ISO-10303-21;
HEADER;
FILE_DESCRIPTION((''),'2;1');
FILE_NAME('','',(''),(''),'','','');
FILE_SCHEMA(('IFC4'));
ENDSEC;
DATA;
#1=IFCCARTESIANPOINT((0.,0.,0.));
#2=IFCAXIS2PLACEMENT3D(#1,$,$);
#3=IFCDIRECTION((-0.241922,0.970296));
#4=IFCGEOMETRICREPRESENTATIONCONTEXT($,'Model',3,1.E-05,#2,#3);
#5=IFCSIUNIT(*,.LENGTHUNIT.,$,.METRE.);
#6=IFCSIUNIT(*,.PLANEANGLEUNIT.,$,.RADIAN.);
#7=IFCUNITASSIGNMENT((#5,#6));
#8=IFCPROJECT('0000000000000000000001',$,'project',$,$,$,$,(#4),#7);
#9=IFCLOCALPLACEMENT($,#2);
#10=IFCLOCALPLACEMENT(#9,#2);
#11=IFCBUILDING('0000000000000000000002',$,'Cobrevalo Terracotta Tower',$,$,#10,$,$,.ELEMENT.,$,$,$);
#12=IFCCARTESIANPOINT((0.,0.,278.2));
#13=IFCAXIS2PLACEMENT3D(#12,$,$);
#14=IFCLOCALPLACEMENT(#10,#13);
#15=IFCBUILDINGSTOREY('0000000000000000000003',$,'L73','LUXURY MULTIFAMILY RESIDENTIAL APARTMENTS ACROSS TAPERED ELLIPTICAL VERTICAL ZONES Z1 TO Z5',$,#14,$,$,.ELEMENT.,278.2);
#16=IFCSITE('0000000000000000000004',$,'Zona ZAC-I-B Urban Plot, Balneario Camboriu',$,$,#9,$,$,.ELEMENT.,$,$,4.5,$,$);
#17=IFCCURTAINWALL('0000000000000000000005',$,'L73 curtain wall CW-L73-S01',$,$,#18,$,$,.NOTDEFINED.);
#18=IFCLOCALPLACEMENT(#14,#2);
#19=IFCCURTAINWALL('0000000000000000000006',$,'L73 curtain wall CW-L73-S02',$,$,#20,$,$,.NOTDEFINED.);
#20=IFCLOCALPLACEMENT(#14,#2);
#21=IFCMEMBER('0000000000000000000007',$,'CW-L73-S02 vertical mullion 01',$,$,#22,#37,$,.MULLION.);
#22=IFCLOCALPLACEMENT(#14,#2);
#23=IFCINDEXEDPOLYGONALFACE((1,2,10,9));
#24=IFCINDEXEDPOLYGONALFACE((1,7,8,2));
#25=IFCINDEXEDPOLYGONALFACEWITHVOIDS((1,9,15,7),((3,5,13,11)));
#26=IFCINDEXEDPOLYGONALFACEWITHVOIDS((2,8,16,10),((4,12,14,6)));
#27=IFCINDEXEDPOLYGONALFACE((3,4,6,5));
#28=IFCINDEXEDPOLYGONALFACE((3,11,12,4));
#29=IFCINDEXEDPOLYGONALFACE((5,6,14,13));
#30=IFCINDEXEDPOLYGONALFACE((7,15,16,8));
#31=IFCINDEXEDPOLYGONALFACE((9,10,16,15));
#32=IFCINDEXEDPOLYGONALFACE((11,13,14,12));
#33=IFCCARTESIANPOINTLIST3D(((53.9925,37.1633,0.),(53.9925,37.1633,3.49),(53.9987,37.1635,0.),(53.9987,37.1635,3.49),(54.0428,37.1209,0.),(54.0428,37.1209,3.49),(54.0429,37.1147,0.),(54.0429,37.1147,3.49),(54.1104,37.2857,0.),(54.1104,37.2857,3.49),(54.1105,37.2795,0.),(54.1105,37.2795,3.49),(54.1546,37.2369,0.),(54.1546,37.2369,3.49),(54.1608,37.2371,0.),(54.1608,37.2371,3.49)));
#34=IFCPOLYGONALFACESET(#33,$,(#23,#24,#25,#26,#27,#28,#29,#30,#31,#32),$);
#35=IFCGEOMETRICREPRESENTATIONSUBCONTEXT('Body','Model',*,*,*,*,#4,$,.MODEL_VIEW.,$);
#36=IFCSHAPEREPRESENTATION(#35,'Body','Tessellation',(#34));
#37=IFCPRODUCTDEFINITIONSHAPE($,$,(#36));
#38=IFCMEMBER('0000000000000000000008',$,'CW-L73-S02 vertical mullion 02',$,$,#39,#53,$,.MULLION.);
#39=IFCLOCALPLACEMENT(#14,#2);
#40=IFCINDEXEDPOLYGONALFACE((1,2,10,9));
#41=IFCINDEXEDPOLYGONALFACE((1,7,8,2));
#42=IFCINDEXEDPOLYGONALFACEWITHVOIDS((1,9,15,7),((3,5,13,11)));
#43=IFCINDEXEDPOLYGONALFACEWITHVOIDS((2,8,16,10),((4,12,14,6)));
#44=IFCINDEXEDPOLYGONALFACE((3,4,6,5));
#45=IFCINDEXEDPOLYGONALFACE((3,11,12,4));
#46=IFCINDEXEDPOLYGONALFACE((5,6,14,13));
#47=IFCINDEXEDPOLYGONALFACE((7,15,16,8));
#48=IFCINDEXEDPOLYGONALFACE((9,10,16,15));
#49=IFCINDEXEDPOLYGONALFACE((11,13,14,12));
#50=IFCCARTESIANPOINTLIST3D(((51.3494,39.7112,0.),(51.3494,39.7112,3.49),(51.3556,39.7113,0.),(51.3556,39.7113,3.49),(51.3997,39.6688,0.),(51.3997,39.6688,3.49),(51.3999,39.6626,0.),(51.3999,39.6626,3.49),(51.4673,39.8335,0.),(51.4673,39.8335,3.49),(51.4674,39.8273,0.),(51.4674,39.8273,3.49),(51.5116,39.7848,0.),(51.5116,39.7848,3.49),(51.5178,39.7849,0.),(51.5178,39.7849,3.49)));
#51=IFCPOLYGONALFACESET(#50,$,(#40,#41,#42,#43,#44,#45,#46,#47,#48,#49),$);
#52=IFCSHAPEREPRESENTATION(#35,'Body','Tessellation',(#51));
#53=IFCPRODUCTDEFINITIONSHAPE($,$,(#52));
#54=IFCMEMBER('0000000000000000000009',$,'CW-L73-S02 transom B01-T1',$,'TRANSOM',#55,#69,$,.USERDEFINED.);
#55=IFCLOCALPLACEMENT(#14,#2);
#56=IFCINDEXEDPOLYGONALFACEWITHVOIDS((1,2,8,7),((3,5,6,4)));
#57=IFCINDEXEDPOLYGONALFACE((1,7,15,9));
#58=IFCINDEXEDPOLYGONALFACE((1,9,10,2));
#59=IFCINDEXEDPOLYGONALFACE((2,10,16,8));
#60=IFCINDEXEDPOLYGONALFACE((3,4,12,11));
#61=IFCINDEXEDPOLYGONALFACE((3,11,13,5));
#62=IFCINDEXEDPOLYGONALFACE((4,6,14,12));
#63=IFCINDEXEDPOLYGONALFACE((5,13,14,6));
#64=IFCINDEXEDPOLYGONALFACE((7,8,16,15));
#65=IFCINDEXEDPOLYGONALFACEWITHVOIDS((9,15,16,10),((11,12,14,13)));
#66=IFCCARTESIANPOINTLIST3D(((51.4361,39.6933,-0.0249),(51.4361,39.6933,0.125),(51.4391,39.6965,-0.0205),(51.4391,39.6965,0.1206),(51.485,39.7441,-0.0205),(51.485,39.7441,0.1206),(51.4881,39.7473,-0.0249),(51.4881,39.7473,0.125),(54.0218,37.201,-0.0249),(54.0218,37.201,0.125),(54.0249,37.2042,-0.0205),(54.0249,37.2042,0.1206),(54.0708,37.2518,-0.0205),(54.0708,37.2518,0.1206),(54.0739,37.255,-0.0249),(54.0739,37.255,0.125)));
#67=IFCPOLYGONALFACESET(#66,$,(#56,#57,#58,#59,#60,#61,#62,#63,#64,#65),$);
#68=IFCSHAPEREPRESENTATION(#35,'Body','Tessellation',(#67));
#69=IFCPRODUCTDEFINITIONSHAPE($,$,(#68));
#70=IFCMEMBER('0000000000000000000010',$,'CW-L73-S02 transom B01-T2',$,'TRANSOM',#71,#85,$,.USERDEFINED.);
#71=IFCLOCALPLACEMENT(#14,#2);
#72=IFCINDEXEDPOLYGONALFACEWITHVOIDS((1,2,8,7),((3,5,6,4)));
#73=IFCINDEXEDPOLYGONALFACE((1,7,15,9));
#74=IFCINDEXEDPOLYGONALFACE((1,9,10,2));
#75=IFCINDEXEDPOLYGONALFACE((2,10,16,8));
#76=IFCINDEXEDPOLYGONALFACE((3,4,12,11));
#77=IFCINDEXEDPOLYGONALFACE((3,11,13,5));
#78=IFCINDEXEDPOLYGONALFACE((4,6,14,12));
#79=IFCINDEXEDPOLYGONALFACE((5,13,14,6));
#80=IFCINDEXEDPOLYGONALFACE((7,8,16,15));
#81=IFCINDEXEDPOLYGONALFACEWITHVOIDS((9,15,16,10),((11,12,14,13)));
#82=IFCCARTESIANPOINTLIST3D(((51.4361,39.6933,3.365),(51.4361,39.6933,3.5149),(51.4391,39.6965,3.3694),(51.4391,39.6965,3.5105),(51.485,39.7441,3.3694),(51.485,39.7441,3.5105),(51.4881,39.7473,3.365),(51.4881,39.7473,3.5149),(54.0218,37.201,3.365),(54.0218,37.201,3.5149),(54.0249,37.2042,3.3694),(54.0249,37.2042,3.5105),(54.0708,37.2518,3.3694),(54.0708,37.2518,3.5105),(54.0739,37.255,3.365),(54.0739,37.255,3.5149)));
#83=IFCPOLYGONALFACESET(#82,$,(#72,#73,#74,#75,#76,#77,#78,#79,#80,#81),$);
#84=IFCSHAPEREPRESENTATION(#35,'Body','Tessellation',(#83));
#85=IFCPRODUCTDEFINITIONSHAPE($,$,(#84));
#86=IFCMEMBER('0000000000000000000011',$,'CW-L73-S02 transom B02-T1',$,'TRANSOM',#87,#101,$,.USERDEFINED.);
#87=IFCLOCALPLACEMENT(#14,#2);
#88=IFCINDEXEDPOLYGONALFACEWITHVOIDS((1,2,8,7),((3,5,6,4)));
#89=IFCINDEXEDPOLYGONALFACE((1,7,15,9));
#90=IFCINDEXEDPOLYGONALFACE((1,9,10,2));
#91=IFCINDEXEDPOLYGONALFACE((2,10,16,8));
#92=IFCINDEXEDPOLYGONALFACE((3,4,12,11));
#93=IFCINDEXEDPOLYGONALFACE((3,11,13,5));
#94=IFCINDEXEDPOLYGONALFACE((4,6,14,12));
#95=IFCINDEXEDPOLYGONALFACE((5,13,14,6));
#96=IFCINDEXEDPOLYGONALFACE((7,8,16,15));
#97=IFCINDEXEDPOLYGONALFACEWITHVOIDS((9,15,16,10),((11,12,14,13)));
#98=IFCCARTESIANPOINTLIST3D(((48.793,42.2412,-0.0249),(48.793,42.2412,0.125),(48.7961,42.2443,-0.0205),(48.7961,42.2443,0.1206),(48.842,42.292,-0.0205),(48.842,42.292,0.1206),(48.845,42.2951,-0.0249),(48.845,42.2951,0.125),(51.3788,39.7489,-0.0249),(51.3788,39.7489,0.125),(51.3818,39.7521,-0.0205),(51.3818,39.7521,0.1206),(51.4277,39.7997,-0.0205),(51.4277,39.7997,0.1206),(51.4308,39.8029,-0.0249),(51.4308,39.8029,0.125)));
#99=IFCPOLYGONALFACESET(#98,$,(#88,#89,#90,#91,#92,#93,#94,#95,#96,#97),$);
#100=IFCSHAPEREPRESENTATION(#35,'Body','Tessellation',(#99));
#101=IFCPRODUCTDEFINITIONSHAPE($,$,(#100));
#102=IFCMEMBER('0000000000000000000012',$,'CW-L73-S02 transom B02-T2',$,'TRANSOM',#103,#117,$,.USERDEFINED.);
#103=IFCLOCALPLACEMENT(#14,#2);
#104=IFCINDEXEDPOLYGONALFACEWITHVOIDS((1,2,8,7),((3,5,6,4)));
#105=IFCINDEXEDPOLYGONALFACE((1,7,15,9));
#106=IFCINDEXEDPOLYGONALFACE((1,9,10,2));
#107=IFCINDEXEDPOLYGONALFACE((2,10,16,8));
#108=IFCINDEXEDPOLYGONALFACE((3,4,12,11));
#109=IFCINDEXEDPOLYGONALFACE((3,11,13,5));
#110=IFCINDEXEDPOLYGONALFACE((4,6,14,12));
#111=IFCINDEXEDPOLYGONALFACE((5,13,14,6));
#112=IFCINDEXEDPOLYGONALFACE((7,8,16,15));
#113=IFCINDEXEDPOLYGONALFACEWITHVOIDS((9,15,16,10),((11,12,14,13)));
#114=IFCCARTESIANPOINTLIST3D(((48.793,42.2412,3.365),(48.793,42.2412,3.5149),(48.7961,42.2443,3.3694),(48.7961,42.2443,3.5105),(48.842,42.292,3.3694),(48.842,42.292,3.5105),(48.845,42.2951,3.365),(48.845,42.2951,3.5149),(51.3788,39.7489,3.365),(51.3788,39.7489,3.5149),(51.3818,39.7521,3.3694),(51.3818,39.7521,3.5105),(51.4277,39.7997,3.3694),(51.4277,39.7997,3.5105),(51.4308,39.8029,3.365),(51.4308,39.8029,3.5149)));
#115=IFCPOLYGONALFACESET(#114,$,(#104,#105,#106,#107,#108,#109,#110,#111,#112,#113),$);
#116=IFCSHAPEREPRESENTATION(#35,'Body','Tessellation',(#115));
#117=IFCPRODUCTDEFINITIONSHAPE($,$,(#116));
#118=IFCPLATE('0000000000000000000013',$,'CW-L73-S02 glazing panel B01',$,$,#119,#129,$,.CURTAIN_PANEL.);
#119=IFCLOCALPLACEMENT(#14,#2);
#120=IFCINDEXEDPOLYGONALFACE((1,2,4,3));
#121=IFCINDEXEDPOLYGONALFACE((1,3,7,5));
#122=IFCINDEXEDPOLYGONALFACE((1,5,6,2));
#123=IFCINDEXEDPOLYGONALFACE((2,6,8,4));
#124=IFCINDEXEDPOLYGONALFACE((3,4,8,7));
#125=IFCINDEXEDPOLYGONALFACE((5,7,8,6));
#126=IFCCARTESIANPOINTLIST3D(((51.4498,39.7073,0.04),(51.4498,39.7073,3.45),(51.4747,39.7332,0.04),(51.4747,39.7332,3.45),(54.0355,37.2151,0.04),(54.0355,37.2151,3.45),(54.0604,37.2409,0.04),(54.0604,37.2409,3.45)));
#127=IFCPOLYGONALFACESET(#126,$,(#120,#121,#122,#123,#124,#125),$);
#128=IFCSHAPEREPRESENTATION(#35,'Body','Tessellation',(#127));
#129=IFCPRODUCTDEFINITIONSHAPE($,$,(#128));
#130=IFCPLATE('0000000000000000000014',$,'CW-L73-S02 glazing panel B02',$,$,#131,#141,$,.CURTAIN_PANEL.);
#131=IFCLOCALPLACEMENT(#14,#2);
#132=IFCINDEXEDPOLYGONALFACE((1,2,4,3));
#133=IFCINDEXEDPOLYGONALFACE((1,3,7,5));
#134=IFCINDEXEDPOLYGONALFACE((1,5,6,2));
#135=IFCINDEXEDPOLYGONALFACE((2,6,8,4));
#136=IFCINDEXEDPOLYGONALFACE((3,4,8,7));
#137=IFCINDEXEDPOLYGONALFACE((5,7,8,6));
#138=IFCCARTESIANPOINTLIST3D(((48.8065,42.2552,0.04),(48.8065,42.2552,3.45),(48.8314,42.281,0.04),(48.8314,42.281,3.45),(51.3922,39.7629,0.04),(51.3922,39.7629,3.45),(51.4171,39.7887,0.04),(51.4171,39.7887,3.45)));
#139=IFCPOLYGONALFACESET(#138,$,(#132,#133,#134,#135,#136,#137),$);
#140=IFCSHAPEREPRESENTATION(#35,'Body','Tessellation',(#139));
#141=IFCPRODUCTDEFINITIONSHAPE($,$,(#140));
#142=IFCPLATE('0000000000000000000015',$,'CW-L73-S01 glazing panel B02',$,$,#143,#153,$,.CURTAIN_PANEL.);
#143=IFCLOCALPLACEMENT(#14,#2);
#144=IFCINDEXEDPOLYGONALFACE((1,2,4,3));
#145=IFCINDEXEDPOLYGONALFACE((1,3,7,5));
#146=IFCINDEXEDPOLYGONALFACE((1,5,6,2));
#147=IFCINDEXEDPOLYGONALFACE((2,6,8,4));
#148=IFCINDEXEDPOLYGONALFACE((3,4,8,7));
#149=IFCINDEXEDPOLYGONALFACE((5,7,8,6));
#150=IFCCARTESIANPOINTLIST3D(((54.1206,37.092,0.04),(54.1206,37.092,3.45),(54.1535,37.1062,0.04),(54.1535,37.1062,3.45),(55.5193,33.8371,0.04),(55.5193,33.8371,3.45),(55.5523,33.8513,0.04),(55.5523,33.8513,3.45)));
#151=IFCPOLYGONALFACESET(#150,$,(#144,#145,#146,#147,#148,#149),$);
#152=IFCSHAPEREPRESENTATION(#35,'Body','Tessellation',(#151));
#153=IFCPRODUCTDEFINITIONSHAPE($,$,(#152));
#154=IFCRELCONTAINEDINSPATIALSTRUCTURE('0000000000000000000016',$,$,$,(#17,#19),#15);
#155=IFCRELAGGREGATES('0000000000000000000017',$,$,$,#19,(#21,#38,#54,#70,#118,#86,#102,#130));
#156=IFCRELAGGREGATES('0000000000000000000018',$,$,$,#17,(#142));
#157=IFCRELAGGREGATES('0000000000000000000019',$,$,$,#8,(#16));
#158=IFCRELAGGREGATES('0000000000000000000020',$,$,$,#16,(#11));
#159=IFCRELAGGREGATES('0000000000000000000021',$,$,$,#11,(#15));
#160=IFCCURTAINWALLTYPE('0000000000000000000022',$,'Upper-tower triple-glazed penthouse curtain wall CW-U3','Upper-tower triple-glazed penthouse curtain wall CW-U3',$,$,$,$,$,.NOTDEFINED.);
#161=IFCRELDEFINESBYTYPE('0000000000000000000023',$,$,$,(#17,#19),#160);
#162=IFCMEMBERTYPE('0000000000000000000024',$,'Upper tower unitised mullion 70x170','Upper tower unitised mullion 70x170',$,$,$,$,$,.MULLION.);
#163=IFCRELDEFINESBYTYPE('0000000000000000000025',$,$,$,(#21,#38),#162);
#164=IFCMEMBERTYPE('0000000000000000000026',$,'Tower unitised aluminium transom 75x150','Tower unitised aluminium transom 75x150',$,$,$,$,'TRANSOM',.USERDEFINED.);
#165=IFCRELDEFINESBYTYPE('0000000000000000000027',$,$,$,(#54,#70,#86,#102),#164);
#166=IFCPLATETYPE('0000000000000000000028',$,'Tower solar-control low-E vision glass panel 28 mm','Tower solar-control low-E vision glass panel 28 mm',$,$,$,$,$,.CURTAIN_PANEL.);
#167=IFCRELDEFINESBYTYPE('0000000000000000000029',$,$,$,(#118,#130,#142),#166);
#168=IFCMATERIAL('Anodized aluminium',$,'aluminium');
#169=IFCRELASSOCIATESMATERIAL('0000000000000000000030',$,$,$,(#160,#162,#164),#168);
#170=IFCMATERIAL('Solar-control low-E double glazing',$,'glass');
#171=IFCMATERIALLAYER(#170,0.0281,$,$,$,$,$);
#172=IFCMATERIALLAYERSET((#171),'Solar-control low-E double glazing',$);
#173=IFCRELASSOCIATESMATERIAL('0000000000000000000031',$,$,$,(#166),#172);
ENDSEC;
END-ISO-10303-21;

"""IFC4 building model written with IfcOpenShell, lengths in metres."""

from ifc_helpers import new_model, si_unit, direction, frame, origin, origin_2d, place, context, subcontext, project, spatial, rectangle, hollow_rectangle, extrude, source, transform, mapped, material, layer, layer_set, material_profile, profile_set, type_object, element, aggregate, save


model = new_model("IFC4")

# Units and contexts
model_context = context("Model", 3, precision=1e-05, world=origin(), true_north=direction((-0.241922, 0.970296)))
body_context = subcontext(model_context, "Body", "Model", "MODEL_VIEW")
ifc_project = project(units=[si_unit("LENGTHUNIT", "METRE"), si_unit("PLANEANGLEUNIT", "RADIAN")], contexts=[model_context])

# Site, building, storey
site_placement = place(None, origin())
site = spatial("IfcSite", under=ifc_project, at=site_placement, Name="Zona ZAC-I-B Urban Plot, Balneario Camboriu", CompositionType="ELEMENT", RefElevation=4.5)
building_placement = place(site_placement, origin())
building = spatial("IfcBuilding", under=site, at=building_placement, Name="Cobrevalo Terracotta Tower", CompositionType="ELEMENT")
storey_placement = place(building_placement, frame((0.0, 0.0, 278.2)))
storey = spatial("IfcBuildingStorey", under=building, at=storey_placement, Name="L73", Description="LUXURY MULTIFAMILY RESIDENTIAL APARTMENTS ACROSS TAPERED ELLIPTICAL VERTICAL ZONES Z1 TO Z5", CompositionType="ELEMENT", Elevation=278.2)

# Curtain wall
ifc_material_1 = material(Name="Anodized aluminium", Category="aluminium")
curtain_wall_type = type_object("IfcCurtainWallType", Name="Upper-tower triple-glazed penthouse curtain wall CW-U3", Description="Upper-tower triple-glazed penthouse curtain wall CW-U3", PredefinedType="NOTDEFINED", material=ifc_material_1)
curtain_wall_1_placement = place(storey_placement, origin())
curtain_wall_1 = element("IfcCurtainWall", 1, at=curtain_wall_1_placement, inside=storey, type_object=curtain_wall_type, Name="L73 curtain wall CW-L73-S01", PredefinedType="NOTDEFINED")
ifc_material_profile_1 = material_profile(ifc_material_1, hollow_rectangle(XDim=0.0701, YDim=0.1699, WallThickness=0.0044, at=origin_2d()), Name="CWM 70x170")
ifc_profile_set_1 = profile_set([ifc_material_profile_1], Name="Anodized aluminium")
member_type_1 = type_object("IfcMemberType", Name="Upper tower unitised mullion 70x170", Description="Upper tower unitised mullion 70x170", PredefinedType="MULLION", material=ifc_profile_set_1)
shared_shape_1 = source(origin(), body_context, "Body", "SweptSolid", [
    extrude(hollow_rectangle(XDim=0.0701, YDim=0.1699, WallThickness=0.0044, at=origin_2d()), origin(), (0.0, 0.0, 1.0), 3.49),
])

# Curtain wall, members, plates
curtain_wall_2_placement = place(storey_placement, origin())
curtain_wall_2 = element("IfcCurtainWall", 2, at=curtain_wall_2_placement, inside=storey, type_object=curtain_wall_type, Name="L73 curtain wall CW-L73-S02", PredefinedType="NOTDEFINED")
member_1_placement = place(storey_placement, frame((54.0767, 37.2002, 0.0), z_axis=(0.0, 0.0, 1.0), x_axis=(-0.719994, 0.69398, 0.0)))
member_1 = element("IfcMember", 3, at=member_1_placement, type_object=member_type_1, Name="CW-L73-S02 vertical mullion 01", PredefinedType="MULLION", context=body_context, shape_type="MappedRepresentation", body=[
    mapped(shared_shape_1, transform((0.0, 0.0, 0.0), scale=1.0)),
])
member_2_placement = place(storey_placement, frame((51.4336, 39.748, 0.0), z_axis=(0.0, 0.0, 1.0), x_axis=(-0.719994, 0.69398, 0.0)))
member_2 = element("IfcMember", 4, at=member_2_placement, type_object=member_type_1, Name="CW-L73-S02 vertical mullion 02", PredefinedType="MULLION", context=body_context, shape_type="MappedRepresentation", body=[
    mapped(shared_shape_1, transform((0.0, 0.0, 0.0), scale=1.0)),
])
ifc_material_profile_2 = material_profile(ifc_material_1, hollow_rectangle(XDim=0.075, YDim=0.1499, WallThickness=0.0044, at=origin_2d()), Name="CWT 75x150")
ifc_profile_set_2 = profile_set([ifc_material_profile_2], Name="Anodized aluminium")
member_type_2 = type_object("IfcMemberType", Name="Tower unitised aluminium transom 75x150", Description="Tower unitised aluminium transom 75x150", ElementType="TRANSOM", PredefinedType="USERDEFINED", material=ifc_profile_set_2)
shared_shape_2 = source(origin(), body_context, "Body", "SweptSolid", [
    extrude(hollow_rectangle(XDim=0.075, YDim=0.1499, WallThickness=0.0044, at=origin_2d()), origin(), (0.0, 0.0, 1.0), 3.5913),
])
member_3_placement = place(storey_placement, frame((54.0479, 37.228, 0.05), z_axis=(-0.720006, 0.693968, 0.0), x_axis=(-0.693968, -0.720006, 0.0)))
member_3 = element("IfcMember", 5, at=member_3_placement, type_object=member_type_2, Name="CW-L73-S02 transom B01-T1", ObjectType="TRANSOM", PredefinedType="USERDEFINED", context=body_context, shape_type="MappedRepresentation", body=[
    mapped(shared_shape_2, transform((0.0, 0.0, 0.0), scale=1.0)),
])
member_4_placement = place(storey_placement, frame((54.0479, 37.228, 3.4399), z_axis=(-0.720006, 0.693968, 0.0), x_axis=(-0.693968, -0.720006, 0.0)))
member_4 = element("IfcMember", 6, at=member_4_placement, type_object=member_type_2, Name="CW-L73-S02 transom B01-T2", ObjectType="TRANSOM", PredefinedType="USERDEFINED", context=body_context, shape_type="MappedRepresentation", body=[
    mapped(shared_shape_2, transform((0.0, 0.0, 0.0), scale=1.0)),
])
member_5_placement = place(storey_placement, frame((51.4048, 39.7759, 0.05), z_axis=(-0.720006, 0.693968, 0.0), x_axis=(-0.693968, -0.720006, 0.0)))
member_5 = element("IfcMember", 7, at=member_5_placement, type_object=member_type_2, Name="CW-L73-S02 transom B02-T1", ObjectType="TRANSOM", PredefinedType="USERDEFINED", context=body_context, shape_type="MappedRepresentation", body=[
    mapped(shared_shape_2, transform((0.0, 0.0, 0.0), scale=1.0)),
])
member_6_placement = place(storey_placement, frame((51.4048, 39.7759, 3.4399), z_axis=(-0.720006, 0.693968, 0.0), x_axis=(-0.693968, -0.720006, 0.0)))
member_6 = element("IfcMember", 8, at=member_6_placement, type_object=member_type_2, Name="CW-L73-S02 transom B02-T2", ObjectType="TRANSOM", PredefinedType="USERDEFINED", context=body_context, shape_type="MappedRepresentation", body=[
    mapped(shared_shape_2, transform((0.0, 0.0, 0.0), scale=1.0)),
])
ifc_material_2 = material(Name="Solar-control low-E double glazing", Category="glass")
ifc_layer_1 = layer(ifc_material_2, 0.0281)
ifc_layer_set_1 = layer_set([ifc_layer_1], Name="Solar-control low-E double glazing")
plate_type = type_object("IfcPlateType", Name="Tower solar-control low-E vision glass panel 28 mm", Description="Tower solar-control low-E vision glass panel 28 mm", PredefinedType="CURTAIN_PANEL", material=ifc_layer_set_1)
shared_shape_3 = source(origin(), body_context, "Body", "SweptSolid", [
    extrude(rectangle(XDim=3.5913, YDim=0.0359, at=origin_2d()), origin(), (0.0, 0.0, 1.0), 3.4099),
])
plate_1_placement = place(storey_placement, frame((52.7551, 38.4741, 0.04), z_axis=(0.0, 0.0, 1.0), x_axis=(-0.719997, 0.693978, 0.0)))
plate_1 = element("IfcPlate", 9, at=plate_1_placement, type_object=plate_type, Name="CW-L73-S02 glazing panel B01", PredefinedType="CURTAIN_PANEL", context=body_context, shape_type="MappedRepresentation", body=[
    mapped(shared_shape_3, transform((0.0, 0.0, 0.0), scale=1.0)),
])
plate_2_placement = place(storey_placement, frame((50.1118, 41.022, 0.04), z_axis=(0.0, 0.0, 1.0), x_axis=(-0.719997, 0.693978, 0.0)))
plate_2 = element("IfcPlate", 10, at=plate_2_placement, type_object=plate_type, Name="CW-L73-S02 glazing panel B02", PredefinedType="CURTAIN_PANEL", context=body_context, shape_type="MappedRepresentation", body=[
    mapped(shared_shape_3, transform((0.0, 0.0, 0.0), scale=1.0)),
])
aggregate(curtain_wall_2, [member_1, member_2, member_3, member_4, plate_1, member_5, member_6, plate_2])

# Plate
shared_shape_4 = source(origin(), body_context, "Body", "SweptSolid", [
    extrude(rectangle(XDim=3.5427, YDim=0.0359, at=origin_2d()), origin(), (0.0, 0.0, 1.0), 3.4099),
])
plate_3_placement = place(storey_placement, frame((54.8364, 35.4717, 0.04), z_axis=(0.0, 0.0, 1.0), x_axis=(-0.394829, 0.918755, 0.0)))
plate_3 = element("IfcPlate", 11, at=plate_3_placement, type_object=plate_type, Name="CW-L73-S01 glazing panel B02", PredefinedType="CURTAIN_PANEL", context=body_context, shape_type="MappedRepresentation", body=[
    mapped(shared_shape_4, transform((0.0, 0.0, 0.0), scale=1.0)),
])
aggregate(curtain_wall_1, [plate_3])

save(model, "model.ifc")
